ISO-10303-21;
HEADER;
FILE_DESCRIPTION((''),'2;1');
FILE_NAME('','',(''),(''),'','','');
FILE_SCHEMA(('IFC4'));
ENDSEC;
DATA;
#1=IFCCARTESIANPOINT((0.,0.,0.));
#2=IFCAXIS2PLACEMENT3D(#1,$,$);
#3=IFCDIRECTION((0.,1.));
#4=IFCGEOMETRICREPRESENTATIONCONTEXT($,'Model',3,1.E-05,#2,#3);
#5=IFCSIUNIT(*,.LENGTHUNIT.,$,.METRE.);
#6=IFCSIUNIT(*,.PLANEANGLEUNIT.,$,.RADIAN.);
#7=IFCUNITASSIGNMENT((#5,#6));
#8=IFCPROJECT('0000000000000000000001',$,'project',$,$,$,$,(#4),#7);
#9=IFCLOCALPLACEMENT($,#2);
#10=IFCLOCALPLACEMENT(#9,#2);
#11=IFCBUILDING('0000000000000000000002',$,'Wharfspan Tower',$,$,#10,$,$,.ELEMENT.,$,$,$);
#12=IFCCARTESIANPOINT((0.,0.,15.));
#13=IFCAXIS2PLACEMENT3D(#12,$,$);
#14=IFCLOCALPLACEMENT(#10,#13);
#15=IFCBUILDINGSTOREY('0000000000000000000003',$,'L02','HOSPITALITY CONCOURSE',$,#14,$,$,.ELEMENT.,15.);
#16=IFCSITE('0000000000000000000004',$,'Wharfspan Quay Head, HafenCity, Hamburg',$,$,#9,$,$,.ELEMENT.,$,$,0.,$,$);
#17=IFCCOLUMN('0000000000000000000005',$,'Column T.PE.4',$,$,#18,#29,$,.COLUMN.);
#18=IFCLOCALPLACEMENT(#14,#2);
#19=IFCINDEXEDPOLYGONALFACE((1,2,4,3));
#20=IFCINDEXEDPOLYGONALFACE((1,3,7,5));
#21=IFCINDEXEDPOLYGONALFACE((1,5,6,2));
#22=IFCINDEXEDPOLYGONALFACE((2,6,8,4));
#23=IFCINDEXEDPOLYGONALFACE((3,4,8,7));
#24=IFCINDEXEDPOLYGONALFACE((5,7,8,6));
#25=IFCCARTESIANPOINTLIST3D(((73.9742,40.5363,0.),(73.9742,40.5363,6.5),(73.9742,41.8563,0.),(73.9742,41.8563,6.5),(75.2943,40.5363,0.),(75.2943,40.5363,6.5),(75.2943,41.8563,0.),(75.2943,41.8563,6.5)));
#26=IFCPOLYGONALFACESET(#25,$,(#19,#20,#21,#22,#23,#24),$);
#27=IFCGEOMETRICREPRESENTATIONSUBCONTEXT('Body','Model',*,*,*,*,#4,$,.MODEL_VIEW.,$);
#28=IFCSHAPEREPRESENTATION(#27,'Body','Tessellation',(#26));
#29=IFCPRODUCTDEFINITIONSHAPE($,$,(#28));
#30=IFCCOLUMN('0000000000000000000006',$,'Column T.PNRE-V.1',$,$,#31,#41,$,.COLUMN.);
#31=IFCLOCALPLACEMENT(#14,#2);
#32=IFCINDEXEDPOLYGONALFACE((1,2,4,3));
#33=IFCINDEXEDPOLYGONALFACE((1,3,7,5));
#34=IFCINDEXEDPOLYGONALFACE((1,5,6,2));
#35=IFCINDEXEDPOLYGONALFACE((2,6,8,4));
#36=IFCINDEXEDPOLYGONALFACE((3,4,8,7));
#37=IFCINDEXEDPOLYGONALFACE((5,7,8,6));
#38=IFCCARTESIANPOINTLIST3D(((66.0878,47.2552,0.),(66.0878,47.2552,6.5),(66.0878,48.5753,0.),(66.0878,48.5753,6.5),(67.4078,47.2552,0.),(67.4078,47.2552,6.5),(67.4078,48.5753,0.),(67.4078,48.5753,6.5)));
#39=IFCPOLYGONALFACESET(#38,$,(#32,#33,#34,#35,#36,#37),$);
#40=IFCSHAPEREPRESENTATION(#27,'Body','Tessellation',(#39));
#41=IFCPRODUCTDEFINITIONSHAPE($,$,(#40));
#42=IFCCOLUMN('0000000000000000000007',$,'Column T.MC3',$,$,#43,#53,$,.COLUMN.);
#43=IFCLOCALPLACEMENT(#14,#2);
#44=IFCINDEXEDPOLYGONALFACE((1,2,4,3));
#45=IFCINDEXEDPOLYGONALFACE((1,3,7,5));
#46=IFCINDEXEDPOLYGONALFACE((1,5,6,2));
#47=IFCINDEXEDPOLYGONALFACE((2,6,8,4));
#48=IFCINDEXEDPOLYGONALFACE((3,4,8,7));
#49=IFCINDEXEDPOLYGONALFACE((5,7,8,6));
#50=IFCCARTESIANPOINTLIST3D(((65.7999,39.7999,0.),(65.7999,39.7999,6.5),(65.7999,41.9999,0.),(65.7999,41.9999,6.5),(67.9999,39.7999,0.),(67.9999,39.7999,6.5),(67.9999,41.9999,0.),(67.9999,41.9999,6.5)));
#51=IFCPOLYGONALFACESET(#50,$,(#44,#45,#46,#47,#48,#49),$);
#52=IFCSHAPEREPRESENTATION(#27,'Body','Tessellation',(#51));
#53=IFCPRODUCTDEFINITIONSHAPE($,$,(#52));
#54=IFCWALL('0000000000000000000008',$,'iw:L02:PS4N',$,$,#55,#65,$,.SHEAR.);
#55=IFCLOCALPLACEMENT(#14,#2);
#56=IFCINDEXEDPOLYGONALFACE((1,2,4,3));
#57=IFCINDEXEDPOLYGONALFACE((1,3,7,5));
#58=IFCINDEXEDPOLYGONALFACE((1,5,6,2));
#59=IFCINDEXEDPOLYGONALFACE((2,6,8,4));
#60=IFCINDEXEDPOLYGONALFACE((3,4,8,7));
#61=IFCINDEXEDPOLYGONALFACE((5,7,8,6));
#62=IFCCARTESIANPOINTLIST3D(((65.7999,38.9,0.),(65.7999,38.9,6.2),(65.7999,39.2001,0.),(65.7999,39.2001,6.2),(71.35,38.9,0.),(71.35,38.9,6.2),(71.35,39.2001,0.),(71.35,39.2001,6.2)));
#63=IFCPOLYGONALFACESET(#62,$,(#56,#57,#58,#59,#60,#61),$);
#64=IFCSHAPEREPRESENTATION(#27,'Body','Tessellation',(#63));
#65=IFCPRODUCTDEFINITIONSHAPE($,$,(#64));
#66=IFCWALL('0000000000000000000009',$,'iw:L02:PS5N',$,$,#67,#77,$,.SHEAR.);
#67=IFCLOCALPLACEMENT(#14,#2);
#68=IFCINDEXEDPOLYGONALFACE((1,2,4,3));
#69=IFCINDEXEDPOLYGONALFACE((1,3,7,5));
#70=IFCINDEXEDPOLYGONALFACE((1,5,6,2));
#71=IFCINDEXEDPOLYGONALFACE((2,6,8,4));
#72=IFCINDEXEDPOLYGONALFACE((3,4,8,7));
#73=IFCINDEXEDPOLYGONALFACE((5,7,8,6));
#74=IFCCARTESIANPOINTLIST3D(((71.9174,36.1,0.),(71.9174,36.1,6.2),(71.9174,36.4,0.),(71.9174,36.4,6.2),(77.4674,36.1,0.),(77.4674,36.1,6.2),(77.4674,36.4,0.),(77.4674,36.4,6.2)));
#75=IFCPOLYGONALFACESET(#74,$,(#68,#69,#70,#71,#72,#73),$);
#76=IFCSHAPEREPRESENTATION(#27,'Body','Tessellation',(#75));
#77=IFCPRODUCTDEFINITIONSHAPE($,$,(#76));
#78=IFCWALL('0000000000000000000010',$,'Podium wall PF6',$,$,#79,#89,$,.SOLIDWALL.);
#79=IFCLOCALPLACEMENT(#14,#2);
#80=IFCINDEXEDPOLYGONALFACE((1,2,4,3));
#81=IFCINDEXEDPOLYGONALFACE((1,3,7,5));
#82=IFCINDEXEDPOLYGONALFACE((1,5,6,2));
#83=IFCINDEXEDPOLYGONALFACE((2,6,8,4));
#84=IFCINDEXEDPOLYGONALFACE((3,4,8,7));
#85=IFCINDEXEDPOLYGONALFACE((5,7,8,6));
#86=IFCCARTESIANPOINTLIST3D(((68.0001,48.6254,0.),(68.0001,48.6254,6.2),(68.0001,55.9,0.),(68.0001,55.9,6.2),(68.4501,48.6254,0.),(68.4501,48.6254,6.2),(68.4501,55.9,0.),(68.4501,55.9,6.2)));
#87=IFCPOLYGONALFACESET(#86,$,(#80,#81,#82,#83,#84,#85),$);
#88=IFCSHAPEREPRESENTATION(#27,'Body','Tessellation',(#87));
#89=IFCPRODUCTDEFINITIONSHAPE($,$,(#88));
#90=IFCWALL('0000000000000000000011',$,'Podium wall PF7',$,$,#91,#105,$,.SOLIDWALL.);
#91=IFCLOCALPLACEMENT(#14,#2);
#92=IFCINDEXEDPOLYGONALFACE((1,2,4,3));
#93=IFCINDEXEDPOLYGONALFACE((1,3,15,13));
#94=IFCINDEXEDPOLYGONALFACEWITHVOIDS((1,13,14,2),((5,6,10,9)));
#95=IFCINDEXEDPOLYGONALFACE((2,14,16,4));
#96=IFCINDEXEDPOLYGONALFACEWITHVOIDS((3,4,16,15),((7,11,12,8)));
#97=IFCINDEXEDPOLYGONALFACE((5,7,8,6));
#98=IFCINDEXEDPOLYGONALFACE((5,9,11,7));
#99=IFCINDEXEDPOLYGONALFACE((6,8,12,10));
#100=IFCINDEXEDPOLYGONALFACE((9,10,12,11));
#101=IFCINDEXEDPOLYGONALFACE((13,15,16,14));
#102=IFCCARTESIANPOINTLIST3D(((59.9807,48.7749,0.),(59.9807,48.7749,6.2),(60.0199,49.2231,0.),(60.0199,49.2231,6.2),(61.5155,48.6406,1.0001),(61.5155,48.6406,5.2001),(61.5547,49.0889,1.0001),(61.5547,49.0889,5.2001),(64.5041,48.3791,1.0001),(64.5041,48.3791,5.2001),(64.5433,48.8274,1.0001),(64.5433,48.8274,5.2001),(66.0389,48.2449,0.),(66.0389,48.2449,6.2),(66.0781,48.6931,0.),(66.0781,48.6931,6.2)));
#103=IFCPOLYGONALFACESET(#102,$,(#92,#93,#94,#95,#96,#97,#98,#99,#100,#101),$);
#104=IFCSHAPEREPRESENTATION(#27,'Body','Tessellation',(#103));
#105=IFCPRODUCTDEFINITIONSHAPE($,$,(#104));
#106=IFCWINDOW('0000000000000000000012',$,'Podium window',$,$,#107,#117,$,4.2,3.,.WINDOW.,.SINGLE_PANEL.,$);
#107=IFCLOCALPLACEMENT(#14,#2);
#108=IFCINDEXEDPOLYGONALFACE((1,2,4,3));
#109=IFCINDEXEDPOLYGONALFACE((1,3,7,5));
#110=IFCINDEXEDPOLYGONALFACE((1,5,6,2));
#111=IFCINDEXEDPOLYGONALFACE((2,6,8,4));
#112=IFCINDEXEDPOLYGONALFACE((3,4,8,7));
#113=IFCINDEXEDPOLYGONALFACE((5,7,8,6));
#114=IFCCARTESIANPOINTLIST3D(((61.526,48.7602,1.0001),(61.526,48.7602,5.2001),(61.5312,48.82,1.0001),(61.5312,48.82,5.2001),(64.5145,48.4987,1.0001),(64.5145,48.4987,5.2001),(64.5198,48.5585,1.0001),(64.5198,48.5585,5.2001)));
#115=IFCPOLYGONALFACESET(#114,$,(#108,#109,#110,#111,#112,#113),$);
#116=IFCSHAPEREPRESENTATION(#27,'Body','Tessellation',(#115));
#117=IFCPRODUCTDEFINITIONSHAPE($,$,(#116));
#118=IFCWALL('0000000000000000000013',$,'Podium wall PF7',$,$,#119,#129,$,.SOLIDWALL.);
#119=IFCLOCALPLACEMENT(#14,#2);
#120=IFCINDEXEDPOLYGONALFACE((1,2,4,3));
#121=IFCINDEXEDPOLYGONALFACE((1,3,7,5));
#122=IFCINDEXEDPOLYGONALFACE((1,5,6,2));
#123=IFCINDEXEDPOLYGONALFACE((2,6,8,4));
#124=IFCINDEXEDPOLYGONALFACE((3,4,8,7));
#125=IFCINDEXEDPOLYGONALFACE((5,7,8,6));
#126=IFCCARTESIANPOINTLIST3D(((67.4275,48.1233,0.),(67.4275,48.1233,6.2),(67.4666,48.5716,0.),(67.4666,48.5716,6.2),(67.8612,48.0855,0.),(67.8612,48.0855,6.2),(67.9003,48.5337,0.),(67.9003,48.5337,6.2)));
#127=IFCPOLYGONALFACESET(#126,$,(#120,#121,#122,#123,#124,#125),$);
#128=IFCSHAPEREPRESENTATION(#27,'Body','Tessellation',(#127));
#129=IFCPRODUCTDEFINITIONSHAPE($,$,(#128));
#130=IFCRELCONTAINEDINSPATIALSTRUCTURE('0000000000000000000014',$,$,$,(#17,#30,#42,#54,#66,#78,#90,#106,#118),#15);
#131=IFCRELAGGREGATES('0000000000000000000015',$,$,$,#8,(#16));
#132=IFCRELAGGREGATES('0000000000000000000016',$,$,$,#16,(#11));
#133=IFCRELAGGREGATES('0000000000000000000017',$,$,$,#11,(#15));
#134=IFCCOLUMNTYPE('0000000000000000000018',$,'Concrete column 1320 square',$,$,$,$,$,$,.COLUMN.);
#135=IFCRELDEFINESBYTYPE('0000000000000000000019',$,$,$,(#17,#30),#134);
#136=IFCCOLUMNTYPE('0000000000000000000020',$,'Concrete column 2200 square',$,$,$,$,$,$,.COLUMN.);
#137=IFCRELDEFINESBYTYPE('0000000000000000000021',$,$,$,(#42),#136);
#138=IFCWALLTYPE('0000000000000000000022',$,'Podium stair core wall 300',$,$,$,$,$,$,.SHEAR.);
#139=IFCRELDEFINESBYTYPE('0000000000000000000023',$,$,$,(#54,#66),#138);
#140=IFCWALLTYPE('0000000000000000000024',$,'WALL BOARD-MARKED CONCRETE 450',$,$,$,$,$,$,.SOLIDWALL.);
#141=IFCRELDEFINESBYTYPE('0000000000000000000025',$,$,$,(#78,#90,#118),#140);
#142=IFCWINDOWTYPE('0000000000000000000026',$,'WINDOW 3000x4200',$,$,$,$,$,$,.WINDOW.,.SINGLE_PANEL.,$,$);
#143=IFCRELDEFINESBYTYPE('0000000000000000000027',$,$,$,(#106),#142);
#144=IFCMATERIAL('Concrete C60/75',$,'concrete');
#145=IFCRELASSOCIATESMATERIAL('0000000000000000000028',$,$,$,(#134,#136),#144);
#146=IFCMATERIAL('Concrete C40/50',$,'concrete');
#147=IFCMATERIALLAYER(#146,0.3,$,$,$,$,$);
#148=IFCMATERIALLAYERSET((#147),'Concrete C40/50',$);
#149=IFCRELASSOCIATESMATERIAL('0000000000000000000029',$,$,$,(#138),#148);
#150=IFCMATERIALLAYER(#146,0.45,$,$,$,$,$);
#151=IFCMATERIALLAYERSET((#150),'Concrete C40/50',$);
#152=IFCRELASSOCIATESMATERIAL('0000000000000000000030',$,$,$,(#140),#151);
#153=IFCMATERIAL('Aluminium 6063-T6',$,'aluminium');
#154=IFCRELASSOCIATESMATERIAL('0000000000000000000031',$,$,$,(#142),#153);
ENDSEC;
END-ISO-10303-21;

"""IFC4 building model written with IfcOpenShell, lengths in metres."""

from ifc_helpers import new_model, si_unit, direction, frame, frame_2d, origin, origin_2d, place, context, subcontext, project, spatial, rectangle, extrude, material, layer, layer_set, material_profile, profile_set, type_object, element, fill, save


model = new_model("IFC4")

# Units and contexts
model_context = context("Model", 3, precision=1e-05, world=origin(), true_north=direction((0.0, 1.0)))
body_context = subcontext(model_context, "Body", "Model", "MODEL_VIEW")
ifc_project = project(units=[si_unit("LENGTHUNIT", "METRE"), si_unit("PLANEANGLEUNIT", "RADIAN")], contexts=[model_context])

# Site, building, storey
site_placement = place(None, origin())
site = spatial("IfcSite", under=ifc_project, at=site_placement, Name="Wharfspan Quay Head, HafenCity, Hamburg", CompositionType="ELEMENT", RefElevation=0.0)
building_placement = place(site_placement, origin())
building = spatial("IfcBuilding", under=site, at=building_placement, Name="Wharfspan Tower", CompositionType="ELEMENT")
storey_placement = place(building_placement, frame((0.0, 0.0, 15.0)))
storey = spatial("IfcBuildingStorey", under=building, at=storey_placement, Name="L02", Description="HOSPITALITY CONCOURSE", CompositionType="ELEMENT", Elevation=15.0)

# Columns
ifc_material_1 = material(Name="Concrete C60/75", Category="concrete")
ifc_material_profile_1 = material_profile(ifc_material_1, rectangle(XDim=1.3201, YDim=1.3201, at=origin_2d()))
ifc_profile_set_1 = profile_set([ifc_material_profile_1], Name="Concrete C60/75")
column_type_1 = type_object("IfcColumnType", Name="Concrete column 1320 square", PredefinedType="COLUMN", material=ifc_profile_set_1)
for number, where, z_axis, x_axis, name in (
    (1, (74.6343, 41.1963, 0.0), (0.0, 0.0, 1.0), (1.0, 0.0, 0.0), "Column T.PE.4"),
    (2, (66.7478, 47.9153, 0.0), (0.0, 0.0, 1.0), (1.0, 0.0, 0.0), "Column T.PNRE-V.1"),
):
    element("IfcColumn", number, at=place(storey_placement, frame(where, z_axis=z_axis, x_axis=x_axis)), inside=storey, type_object=column_type_1, Name=name, PredefinedType="COLUMN", context=body_context, shape_type="SweptSolid", body=[
        extrude(rectangle(XDim=1.3201, YDim=1.3201, at=origin_2d()), origin(), (0.0, 0.0, 1.0), 6.5),
    ])
ifc_material_profile_2 = material_profile(ifc_material_1, rectangle(XDim=2.2, YDim=2.2, at=origin_2d()))
ifc_profile_set_2 = profile_set([ifc_material_profile_2], Name="Concrete C60/75")
column_type_2 = type_object("IfcColumnType", Name="Concrete column 2200 square", PredefinedType="COLUMN", material=ifc_profile_set_2)
column_placement = place(storey_placement, frame((66.8999, 40.8999, 0.0), z_axis=(0.0, 0.0, 1.0), x_axis=(1.0, 0.0, 0.0)))
element("IfcColumn", 3, at=column_placement, inside=storey, type_object=column_type_2, Name="Column T.MC3", PredefinedType="COLUMN", context=body_context, shape_type="SweptSolid", body=[
    extrude(rectangle(XDim=2.2, YDim=2.2, at=origin_2d()), origin(), (0.0, 0.0, 1.0), 6.5),
])

# Walls
ifc_material_2 = material(Name="Concrete C40/50", Category="concrete")
ifc_layer_1 = layer(ifc_material_2, 0.3)
ifc_layer_set_1 = layer_set([ifc_layer_1], Name="Concrete C40/50")
wall_type_1 = type_object("IfcWallType", Name="Podium stair core wall 300", PredefinedType="SHEAR", material=ifc_layer_set_1)
for number, where, z_axis, x_axis, name in (
    (4, (65.8, 39.05, 0.0), (0.0, 0.0, 1.0), (1.0, 0.0, 0.0), "iw:L02:PS4N"),
    (5, (71.9175, 36.25, 0.0), (0.0, 0.0, 1.0), (1.0, 0.0, 0.0), "iw:L02:PS5N"),
):
    element("IfcWall", number, at=place(storey_placement, frame(where, z_axis=z_axis, x_axis=x_axis)), inside=storey, type_object=wall_type_1, Name=name, PredefinedType="SHEAR", context=body_context, shape_type="SweptSolid", body=[
        extrude(rectangle(XDim=5.55, YDim=0.3, at=frame_2d((2.7749, 0.0))), origin(), (0.0, 0.0, 1.0), 6.2),
    ])
ifc_layer_2 = layer(ifc_material_2, 0.45)
ifc_layer_set_2 = layer_set([ifc_layer_2], Name="Concrete C40/50")
wall_type_2 = type_object("IfcWallType", Name="WALL BOARD-MARKED CONCRETE 450", PredefinedType="SOLIDWALL", material=ifc_layer_set_2)
wall_1_placement = place(storey_placement, frame((68.2251, 55.8999, 0.0), z_axis=(0.0, 0.0, 1.0), x_axis=(0.0, -1.0, 0.0)))
element("IfcWall", 6, at=wall_1_placement, inside=storey, type_object=wall_type_2, Name="Podium wall PF6", PredefinedType="SOLIDWALL", context=body_context, shape_type="SweptSolid", body=[
    extrude(rectangle(XDim=7.2747, YDim=0.45, at=frame_2d((3.6372, 0.0))), origin(), (0.0, 0.0, 1.0), 6.2),
])

# Wall, opening, window
wall_2_placement = place(storey_placement, frame((66.0584, 48.469, 0.0), z_axis=(0.0, 0.0, 1.0), x_axis=(-0.996195, 0.087158, 0.0)))
wall_2 = element("IfcWall", 7, at=wall_2_placement, inside=storey, type_object=wall_type_2, Name="Podium wall PF7", PredefinedType="SOLIDWALL", context=body_context, shape_type="SweptSolid", body=[
    extrude(rectangle(XDim=6.0813, YDim=0.45, at=frame_2d((3.0405, 0.0))), origin(), (0.0, 0.0, 1.0), 6.2),
])
opening_placement = place(wall_2_placement, frame((1.5405, 0.0, 1.0)))
opening = element("IfcOpeningElement", 8, at=opening_placement, cuts=wall_2, PredefinedType="OPENING", context=body_context, shape_type="SweptSolid", body=[
    extrude(rectangle(XDim=3.0, YDim=4.2, at=frame_2d((1.5, 2.1001))), frame((0.0, 0.2349, 0.0), z_axis=(0.0, -1.0, 0.0), x_axis=(1.0, 0.0, 0.0)), (0.0, 0.0, 1.0), 0.47),
])
ifc_material_3 = material(Name="Aluminium 6063-T6", Category="aluminium")
window_type = type_object("IfcWindowType", Name="WINDOW 3000x4200", PartitioningType="SINGLE_PANEL", PredefinedType="WINDOW", material=ifc_material_3)
window_placement = place(opening_placement, origin())
window = element("IfcWindow", 9, at=window_placement, inside=storey, type_object=window_type, Name="Podium window", OverallHeight=4.2, OverallWidth=3.0, PartitioningType="SINGLE_PANEL", PredefinedType="WINDOW", context=body_context, shape_type="SweptSolid", body=[
    extrude(rectangle(XDim=3.0, YDim=4.2, at=frame_2d((1.5, 2.1001))), frame((0.0, 0.105, 0.0), z_axis=(0.0, -1.0, 0.0), x_axis=(1.0, 0.0, 0.0)), (0.0, 0.0, 1.0), 0.0601),
])
fill(opening, window)

# Wall
wall_3_placement = place(storey_placement, frame((67.8809, 48.3096, 0.0), z_axis=(0.0, 0.0, 1.0), x_axis=(-0.99621, 0.086944, 0.0)))
element("IfcWall", 10, at=wall_3_placement, inside=storey, type_object=wall_type_2, Name="Podium wall PF7", PredefinedType="SOLIDWALL", context=body_context, shape_type="SweptSolid", body=[
    extrude(rectangle(XDim=0.4353, YDim=0.45, at=frame_2d((0.2178, 0.0))), origin(), (0.0, 0.0, 1.0), 6.2),
])

save(model, "model.ifc")
